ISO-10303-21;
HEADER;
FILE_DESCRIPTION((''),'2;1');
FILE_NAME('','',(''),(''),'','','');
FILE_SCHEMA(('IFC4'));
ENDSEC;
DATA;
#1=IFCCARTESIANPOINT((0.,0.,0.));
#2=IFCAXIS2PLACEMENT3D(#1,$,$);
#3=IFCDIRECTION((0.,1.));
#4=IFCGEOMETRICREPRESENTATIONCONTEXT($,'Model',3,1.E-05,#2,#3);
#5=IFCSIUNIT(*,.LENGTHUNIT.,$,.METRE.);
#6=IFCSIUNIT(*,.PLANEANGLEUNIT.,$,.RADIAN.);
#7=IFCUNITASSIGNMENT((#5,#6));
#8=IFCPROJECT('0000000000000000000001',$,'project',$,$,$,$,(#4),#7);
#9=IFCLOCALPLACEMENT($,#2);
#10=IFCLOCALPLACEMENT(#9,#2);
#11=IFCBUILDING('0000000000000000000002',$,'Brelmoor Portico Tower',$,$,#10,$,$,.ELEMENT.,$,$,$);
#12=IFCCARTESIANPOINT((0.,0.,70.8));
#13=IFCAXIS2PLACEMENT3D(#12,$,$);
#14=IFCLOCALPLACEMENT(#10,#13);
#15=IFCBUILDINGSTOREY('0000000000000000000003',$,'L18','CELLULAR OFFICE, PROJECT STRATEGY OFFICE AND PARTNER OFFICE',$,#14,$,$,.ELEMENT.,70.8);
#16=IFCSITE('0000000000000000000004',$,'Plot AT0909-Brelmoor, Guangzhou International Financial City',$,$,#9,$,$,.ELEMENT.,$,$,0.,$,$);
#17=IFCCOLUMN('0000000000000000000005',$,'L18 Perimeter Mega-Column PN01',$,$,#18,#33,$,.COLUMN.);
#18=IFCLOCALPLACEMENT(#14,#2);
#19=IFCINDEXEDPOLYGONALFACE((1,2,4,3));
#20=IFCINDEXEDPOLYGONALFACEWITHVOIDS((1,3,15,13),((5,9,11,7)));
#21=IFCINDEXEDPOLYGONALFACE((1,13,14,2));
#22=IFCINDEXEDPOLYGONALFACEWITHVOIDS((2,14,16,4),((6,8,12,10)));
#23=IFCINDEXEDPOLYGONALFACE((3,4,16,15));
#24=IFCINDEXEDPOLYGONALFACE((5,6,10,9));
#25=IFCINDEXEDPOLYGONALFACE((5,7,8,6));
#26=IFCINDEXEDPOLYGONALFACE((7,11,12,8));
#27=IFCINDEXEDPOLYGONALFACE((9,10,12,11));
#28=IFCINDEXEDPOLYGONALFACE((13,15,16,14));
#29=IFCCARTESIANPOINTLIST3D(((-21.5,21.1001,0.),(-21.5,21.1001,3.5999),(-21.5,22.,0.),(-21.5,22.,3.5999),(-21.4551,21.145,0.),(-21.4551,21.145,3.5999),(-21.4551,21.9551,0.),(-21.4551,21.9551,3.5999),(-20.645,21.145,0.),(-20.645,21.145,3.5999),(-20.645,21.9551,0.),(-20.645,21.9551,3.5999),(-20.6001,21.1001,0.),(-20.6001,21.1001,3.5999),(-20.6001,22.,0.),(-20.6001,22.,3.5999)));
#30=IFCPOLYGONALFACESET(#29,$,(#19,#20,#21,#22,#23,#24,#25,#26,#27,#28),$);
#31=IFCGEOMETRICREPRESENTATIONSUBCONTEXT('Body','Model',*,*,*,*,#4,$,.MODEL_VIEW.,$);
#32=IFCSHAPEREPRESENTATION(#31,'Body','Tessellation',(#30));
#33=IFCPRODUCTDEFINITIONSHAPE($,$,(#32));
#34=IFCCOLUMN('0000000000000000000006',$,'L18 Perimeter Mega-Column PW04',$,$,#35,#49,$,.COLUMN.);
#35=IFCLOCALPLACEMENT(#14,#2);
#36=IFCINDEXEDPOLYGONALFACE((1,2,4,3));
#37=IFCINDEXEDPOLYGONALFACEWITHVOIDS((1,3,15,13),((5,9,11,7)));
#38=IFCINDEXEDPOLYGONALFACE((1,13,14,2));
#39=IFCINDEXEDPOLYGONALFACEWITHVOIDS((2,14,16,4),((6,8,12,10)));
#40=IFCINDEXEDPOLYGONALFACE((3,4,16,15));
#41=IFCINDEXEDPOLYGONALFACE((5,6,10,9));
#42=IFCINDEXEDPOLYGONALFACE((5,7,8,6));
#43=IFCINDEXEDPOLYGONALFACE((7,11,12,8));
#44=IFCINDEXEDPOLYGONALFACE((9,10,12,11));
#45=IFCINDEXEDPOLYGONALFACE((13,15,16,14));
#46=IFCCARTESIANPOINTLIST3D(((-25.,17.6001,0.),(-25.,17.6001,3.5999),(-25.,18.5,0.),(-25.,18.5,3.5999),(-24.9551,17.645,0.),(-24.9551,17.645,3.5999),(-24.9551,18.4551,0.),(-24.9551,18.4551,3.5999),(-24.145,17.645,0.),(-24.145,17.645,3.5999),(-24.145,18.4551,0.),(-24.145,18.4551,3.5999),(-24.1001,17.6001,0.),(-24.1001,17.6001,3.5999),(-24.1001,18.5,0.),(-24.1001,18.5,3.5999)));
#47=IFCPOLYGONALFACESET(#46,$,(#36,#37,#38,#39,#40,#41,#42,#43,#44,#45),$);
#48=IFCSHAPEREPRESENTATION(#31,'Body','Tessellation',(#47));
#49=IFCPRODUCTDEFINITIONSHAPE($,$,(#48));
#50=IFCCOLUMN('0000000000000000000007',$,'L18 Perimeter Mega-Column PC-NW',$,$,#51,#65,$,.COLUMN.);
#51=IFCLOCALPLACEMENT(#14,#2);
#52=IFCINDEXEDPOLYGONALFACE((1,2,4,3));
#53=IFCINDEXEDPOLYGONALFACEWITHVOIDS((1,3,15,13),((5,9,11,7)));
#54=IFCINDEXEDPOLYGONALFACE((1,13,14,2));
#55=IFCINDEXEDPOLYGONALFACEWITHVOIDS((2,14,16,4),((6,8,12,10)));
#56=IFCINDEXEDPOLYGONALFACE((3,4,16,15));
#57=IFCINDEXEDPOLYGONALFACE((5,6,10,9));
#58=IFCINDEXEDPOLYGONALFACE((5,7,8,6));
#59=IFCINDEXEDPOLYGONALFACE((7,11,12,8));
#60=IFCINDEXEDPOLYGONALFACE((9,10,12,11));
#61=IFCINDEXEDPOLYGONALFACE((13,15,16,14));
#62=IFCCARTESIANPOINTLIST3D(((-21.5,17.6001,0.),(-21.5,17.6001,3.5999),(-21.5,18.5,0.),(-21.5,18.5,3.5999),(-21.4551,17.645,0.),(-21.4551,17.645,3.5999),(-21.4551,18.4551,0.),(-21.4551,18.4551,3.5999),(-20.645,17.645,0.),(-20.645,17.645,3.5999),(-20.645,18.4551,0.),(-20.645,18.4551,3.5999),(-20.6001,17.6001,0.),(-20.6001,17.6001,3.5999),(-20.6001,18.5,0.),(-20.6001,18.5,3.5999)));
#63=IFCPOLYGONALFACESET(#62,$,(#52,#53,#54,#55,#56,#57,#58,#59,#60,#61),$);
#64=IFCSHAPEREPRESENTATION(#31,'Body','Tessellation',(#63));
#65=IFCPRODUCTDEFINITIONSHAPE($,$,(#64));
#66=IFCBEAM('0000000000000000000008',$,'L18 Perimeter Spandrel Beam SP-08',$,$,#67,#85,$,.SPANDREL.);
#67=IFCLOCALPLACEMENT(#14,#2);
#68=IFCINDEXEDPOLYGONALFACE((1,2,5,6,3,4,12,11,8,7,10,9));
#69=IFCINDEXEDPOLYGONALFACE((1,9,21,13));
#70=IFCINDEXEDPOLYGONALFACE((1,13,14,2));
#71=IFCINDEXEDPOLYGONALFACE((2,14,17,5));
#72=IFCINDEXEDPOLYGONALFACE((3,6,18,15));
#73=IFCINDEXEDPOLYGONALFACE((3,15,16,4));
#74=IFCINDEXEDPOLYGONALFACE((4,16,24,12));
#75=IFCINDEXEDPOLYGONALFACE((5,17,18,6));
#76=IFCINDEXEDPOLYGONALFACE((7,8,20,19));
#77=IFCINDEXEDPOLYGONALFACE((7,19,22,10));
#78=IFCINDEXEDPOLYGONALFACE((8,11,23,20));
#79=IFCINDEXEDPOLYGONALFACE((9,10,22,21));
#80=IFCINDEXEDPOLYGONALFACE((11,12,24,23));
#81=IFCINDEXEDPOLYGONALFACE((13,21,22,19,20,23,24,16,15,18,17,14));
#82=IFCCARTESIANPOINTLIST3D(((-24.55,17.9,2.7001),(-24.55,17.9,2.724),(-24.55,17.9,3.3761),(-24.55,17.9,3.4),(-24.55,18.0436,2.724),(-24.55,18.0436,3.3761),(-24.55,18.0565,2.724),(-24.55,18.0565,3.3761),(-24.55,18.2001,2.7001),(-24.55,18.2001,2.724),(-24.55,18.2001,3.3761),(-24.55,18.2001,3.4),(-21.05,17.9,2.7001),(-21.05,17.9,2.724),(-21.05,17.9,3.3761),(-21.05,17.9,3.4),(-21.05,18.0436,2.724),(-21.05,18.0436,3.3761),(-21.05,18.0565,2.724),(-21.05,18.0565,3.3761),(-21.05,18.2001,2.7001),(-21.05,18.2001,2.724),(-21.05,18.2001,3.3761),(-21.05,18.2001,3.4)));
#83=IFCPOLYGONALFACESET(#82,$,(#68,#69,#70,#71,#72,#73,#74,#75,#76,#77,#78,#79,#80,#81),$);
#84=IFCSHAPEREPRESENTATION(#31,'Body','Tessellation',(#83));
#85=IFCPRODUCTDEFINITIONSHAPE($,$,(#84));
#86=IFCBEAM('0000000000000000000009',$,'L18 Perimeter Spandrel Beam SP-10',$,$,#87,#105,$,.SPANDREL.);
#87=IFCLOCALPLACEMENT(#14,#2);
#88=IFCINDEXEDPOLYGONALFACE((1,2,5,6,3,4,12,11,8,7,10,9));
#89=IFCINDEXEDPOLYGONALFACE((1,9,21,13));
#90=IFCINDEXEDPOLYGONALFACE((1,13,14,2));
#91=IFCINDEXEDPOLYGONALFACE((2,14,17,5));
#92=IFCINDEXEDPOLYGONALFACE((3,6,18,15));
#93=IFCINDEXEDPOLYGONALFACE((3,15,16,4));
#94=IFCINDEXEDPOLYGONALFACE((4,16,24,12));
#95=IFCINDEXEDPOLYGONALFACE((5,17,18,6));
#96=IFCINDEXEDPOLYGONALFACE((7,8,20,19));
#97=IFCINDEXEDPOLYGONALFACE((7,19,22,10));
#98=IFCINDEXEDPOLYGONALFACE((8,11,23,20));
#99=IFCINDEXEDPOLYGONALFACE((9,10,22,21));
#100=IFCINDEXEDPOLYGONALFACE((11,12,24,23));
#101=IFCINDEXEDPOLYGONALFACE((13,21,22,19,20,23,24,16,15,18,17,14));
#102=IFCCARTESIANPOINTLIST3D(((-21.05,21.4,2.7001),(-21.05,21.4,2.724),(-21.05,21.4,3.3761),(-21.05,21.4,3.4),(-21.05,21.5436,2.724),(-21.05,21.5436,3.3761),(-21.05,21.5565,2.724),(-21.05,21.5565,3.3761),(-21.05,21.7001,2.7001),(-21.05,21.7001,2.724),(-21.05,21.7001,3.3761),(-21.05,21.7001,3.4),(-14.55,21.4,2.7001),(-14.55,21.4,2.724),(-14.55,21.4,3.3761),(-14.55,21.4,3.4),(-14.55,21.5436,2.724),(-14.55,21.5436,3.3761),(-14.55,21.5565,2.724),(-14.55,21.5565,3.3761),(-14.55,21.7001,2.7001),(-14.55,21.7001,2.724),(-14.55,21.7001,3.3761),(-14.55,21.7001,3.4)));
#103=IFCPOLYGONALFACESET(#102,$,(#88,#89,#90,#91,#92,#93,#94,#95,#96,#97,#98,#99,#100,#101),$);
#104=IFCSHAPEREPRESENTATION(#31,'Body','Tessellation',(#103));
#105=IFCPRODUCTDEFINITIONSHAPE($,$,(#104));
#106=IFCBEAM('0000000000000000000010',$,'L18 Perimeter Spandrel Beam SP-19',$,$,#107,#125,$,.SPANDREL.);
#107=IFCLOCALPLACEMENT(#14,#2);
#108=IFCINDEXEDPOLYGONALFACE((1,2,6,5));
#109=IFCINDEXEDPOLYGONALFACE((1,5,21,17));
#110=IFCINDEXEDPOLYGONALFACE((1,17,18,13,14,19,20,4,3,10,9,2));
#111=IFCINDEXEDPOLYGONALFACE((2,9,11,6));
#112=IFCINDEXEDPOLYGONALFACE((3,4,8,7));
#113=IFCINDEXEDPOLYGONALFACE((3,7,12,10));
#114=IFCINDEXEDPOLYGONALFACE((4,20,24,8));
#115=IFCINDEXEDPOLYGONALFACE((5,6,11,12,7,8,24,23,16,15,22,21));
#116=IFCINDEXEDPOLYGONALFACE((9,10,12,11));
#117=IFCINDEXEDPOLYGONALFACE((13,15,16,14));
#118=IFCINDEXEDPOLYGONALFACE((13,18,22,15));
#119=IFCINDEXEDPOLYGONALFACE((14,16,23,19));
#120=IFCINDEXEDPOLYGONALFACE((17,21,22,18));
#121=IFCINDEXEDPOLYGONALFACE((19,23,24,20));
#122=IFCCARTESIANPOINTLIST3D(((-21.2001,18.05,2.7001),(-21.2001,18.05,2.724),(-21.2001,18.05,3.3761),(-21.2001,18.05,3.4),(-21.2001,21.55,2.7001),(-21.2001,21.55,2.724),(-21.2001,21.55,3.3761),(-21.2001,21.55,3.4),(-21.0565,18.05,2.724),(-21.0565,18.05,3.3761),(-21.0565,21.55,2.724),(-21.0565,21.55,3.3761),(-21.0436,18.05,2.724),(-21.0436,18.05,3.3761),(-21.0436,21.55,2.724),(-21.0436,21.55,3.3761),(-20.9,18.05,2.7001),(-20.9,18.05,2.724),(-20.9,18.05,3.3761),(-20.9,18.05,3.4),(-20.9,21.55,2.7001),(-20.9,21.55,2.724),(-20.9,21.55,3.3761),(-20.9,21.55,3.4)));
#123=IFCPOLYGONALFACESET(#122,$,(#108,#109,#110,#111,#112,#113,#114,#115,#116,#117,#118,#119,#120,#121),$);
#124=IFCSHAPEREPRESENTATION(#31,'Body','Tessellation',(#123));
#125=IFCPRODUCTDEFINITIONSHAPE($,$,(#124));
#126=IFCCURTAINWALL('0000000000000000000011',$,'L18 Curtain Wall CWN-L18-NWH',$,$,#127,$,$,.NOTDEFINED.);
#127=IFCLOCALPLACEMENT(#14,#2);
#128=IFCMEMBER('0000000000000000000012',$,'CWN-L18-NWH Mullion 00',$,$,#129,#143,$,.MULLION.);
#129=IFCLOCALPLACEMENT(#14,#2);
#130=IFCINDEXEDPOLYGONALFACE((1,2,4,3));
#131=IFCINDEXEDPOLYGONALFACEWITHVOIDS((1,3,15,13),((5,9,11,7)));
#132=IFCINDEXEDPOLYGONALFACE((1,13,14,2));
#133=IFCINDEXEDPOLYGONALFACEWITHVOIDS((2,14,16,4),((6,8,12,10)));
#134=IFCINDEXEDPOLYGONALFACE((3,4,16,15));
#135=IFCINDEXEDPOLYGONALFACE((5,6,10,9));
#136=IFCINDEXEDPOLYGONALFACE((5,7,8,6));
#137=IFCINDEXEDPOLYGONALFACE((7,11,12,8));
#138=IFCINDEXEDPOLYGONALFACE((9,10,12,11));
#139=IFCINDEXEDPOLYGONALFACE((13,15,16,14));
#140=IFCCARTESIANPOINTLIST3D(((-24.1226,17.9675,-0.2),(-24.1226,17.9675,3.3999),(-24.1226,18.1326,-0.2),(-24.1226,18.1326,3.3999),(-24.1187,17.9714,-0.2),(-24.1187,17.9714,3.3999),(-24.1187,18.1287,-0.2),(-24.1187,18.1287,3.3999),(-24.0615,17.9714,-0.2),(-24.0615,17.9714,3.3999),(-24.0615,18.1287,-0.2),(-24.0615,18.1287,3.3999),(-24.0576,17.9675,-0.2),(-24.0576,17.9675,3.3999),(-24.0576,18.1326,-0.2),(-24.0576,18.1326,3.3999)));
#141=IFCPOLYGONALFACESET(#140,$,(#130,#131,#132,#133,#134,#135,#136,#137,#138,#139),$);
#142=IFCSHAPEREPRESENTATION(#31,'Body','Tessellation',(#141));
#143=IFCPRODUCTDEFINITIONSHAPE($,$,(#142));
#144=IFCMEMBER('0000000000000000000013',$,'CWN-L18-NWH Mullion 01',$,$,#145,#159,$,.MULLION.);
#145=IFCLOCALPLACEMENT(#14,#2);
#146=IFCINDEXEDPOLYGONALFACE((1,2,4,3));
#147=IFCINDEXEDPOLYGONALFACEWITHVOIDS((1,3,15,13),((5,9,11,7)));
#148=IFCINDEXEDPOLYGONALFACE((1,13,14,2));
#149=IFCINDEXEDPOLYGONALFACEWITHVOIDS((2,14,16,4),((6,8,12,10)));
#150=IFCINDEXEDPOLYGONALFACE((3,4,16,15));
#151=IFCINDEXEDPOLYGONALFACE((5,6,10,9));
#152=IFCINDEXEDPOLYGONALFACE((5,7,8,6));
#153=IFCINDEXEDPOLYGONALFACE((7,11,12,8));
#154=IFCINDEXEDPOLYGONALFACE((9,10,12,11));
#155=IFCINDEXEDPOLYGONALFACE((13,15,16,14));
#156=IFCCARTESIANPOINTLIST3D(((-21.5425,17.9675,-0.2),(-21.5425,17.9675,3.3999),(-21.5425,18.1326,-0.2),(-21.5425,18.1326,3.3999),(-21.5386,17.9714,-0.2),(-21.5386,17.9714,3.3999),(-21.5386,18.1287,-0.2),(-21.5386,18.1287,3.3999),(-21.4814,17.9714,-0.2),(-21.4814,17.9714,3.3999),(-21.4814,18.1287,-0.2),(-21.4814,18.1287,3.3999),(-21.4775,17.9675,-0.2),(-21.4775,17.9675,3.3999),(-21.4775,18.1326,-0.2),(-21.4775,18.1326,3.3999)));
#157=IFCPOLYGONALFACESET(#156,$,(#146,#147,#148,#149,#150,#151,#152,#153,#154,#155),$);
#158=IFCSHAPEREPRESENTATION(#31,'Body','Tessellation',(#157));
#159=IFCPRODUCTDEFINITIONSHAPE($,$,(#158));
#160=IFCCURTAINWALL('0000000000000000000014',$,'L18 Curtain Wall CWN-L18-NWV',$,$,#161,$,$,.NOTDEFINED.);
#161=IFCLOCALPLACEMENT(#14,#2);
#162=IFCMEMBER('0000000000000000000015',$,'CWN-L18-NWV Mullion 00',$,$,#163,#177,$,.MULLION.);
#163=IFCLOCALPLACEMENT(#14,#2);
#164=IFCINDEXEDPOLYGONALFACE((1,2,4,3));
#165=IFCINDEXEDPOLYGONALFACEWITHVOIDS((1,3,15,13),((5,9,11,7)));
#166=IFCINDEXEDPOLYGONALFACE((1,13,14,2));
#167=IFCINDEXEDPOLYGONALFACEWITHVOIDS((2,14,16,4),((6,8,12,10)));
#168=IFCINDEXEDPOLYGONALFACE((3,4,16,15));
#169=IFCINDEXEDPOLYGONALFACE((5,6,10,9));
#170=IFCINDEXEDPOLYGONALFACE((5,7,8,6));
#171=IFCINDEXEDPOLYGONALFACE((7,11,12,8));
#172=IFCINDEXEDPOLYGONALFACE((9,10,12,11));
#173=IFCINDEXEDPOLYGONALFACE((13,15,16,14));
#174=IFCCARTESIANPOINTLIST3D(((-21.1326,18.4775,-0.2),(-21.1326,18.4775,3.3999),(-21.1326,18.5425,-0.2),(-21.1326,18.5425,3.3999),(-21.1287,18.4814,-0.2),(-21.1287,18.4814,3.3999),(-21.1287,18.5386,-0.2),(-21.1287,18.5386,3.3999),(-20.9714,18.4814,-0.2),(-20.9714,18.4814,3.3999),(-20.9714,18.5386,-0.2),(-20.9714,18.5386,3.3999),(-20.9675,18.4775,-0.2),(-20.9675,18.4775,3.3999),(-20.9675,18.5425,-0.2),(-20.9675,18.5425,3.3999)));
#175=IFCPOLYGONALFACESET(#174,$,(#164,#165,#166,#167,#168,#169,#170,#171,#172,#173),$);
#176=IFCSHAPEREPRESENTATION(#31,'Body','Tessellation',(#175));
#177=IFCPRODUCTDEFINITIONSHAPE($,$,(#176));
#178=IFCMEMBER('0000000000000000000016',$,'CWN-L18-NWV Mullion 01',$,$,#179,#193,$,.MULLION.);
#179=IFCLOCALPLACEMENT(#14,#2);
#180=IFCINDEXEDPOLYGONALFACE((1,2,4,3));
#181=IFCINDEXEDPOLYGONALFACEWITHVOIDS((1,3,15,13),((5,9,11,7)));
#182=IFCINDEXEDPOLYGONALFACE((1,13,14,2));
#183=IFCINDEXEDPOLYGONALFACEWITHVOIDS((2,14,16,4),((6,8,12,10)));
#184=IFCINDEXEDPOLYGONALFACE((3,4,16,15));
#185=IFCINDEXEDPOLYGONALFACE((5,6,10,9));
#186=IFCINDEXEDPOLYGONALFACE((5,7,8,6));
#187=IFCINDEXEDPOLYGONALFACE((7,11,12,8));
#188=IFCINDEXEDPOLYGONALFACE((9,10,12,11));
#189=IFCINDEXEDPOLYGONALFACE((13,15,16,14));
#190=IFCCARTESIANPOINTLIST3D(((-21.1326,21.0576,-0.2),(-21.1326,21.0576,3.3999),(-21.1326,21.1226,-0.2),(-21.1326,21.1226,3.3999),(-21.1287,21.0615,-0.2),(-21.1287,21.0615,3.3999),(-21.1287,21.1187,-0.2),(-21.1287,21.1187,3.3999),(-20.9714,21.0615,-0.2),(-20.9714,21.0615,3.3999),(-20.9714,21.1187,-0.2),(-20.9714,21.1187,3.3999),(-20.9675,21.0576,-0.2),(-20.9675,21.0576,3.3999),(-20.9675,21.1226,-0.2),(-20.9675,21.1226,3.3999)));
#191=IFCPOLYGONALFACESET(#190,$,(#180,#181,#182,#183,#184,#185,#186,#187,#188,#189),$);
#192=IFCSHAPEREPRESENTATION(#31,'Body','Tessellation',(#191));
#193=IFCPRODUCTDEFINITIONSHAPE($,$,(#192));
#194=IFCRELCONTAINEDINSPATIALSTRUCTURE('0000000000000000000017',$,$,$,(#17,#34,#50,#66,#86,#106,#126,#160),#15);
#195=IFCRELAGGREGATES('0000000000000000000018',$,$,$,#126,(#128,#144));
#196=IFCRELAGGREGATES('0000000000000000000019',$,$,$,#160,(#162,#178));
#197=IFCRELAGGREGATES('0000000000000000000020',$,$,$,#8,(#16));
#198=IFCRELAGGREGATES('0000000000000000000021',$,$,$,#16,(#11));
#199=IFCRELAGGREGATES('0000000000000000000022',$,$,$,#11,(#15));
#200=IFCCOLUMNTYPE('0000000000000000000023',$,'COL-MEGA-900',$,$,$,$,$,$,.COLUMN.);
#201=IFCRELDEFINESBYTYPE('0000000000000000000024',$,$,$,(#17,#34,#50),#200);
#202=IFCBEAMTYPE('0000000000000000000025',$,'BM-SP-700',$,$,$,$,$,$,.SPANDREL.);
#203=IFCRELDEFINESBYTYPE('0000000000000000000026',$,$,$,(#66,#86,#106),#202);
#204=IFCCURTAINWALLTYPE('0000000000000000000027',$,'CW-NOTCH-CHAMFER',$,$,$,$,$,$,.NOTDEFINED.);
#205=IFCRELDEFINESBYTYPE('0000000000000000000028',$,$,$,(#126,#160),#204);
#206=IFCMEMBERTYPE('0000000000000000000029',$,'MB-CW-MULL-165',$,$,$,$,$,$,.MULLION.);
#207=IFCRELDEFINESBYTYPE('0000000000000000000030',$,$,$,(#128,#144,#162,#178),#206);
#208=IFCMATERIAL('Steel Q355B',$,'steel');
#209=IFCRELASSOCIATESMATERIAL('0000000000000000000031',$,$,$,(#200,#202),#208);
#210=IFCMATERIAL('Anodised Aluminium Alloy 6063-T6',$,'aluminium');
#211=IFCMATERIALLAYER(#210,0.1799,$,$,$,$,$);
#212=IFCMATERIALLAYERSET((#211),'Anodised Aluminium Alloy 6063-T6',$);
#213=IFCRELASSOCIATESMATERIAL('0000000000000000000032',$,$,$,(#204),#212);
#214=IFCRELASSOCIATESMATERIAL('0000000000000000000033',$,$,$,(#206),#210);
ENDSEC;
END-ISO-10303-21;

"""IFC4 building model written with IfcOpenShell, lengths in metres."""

from ifc_helpers import new_model, si_unit, direction, frame, origin, origin_2d, place, context, subcontext, project, spatial, hollow_rectangle, i_section, extrude, material, layer, layer_set, material_profile, profile_set, type_object, element, aggregate, save


model = new_model("IFC4")

# Units and contexts
model_context = context("Model", 3, precision=1e-05, world=origin(), true_north=direction((0.0, 1.0)))
body_context = subcontext(model_context, "Body", "Model", "MODEL_VIEW")
ifc_project = project(units=[si_unit("LENGTHUNIT", "METRE"), si_unit("PLANEANGLEUNIT", "RADIAN")], contexts=[model_context])

# Site, building, storey
site_placement = place(None, origin())
site = spatial("IfcSite", under=ifc_project, at=site_placement, Name="Plot AT0909-Brelmoor, Guangzhou International Financial City", CompositionType="ELEMENT", RefElevation=0.0)
building_placement = place(site_placement, origin())
building = spatial("IfcBuilding", under=site, at=building_placement, Name="Brelmoor Portico Tower", CompositionType="ELEMENT")
storey_placement = place(building_placement, frame((0.0, 0.0, 70.8)))
storey = spatial("IfcBuildingStorey", under=building, at=storey_placement, Name="L18", Description="CELLULAR OFFICE, PROJECT STRATEGY OFFICE AND PARTNER OFFICE", CompositionType="ELEMENT", Elevation=70.8)

# Columns
ifc_material_1 = material(Name="Steel Q355B", Category="steel")
ifc_material_profile_1 = material_profile(ifc_material_1, hollow_rectangle(XDim=0.8999, YDim=0.8999, WallThickness=0.0449, at=origin_2d()), Name="BOX 900x900x45")
ifc_profile_set_1 = profile_set([ifc_material_profile_1], Name="Steel Q355B")
column_type = type_object("IfcColumnType", Name="COL-MEGA-900", PredefinedType="COLUMN", material=ifc_profile_set_1)
for number, where, z_axis, x_axis, name in (
    (1, (-21.05, 21.55, 0.0), (0.0, 0.0, 1.0), (1.0, 0.0, 0.0), "L18 Perimeter Mega-Column PN01"),
    (2, (-24.55, 18.05, 0.0), (0.0, 0.0, 1.0), (0.0, 1.0, 0.0), "L18 Perimeter Mega-Column PW04"),
    (3, (-21.05, 18.05, 0.0), (0.0, 0.0, 1.0), (1.0, 0.0, 0.0), "L18 Perimeter Mega-Column PC-NW"),
):
    element("IfcColumn", number, at=place(storey_placement, frame(where, z_axis=z_axis, x_axis=x_axis)), inside=storey, type_object=column_type, Name=name, PredefinedType="COLUMN", context=body_context, shape_type="SweptSolid", body=[
        extrude(hollow_rectangle(XDim=0.8999, YDim=0.8999, WallThickness=0.0449, at=origin_2d()), origin(), (0.0, 0.0, 1.0), 3.5999),
    ])

# Beams
ifc_material_profile_2 = material_profile(ifc_material_1, i_section(OverallWidth=0.3, OverallDepth=0.7, WebThickness=0.0129, FlangeThickness=0.0239, at=origin_2d()), Name="HN 700x300x13x24")
ifc_profile_set_2 = profile_set([ifc_material_profile_2], Name="Steel Q355B")
beam_type = type_object("IfcBeamType", Name="BM-SP-700", PredefinedType="SPANDREL", material=ifc_profile_set_2)
beam_1_placement = place(storey_placement, frame((-24.55, 18.05, 3.05), z_axis=(1.0, 0.0, 0.0), x_axis=(0.0, 1.0, 0.0)))
element("IfcBeam", 4, at=beam_1_placement, inside=storey, type_object=beam_type, Name="L18 Perimeter Spandrel Beam SP-08", PredefinedType="SPANDREL", context=body_context, shape_type="SweptSolid", body=[
    extrude(i_section(OverallWidth=0.3, OverallDepth=0.7, WebThickness=0.0129, FlangeThickness=0.0239, at=origin_2d()), origin(), (0.0, 0.0, 1.0), 3.5),
])
beam_2_placement = place(storey_placement, frame((-21.05, 21.55, 3.05), z_axis=(1.0, 0.0, 0.0), x_axis=(0.0, 1.0, 0.0)))
element("IfcBeam", 5, at=beam_2_placement, inside=storey, type_object=beam_type, Name="L18 Perimeter Spandrel Beam SP-10", PredefinedType="SPANDREL", context=body_context, shape_type="SweptSolid", body=[
    extrude(i_section(OverallWidth=0.3, OverallDepth=0.7, WebThickness=0.0129, FlangeThickness=0.0239, at=origin_2d()), origin(), (0.0, 0.0, 1.0), 6.5),
])
beam_3_placement = place(storey_placement, frame((-21.05, 18.05, 3.05), z_axis=(0.0, 1.0, 0.0), x_axis=(-1.0, 0.0, 0.0)))
element("IfcBeam", 6, at=beam_3_placement, inside=storey, type_object=beam_type, Name="L18 Perimeter Spandrel Beam SP-19", PredefinedType="SPANDREL", context=body_context, shape_type="SweptSolid", body=[
    extrude(i_section(OverallWidth=0.3, OverallDepth=0.7, WebThickness=0.0129, FlangeThickness=0.0239, at=origin_2d()), origin(), (0.0, 0.0, 1.0), 3.5),
])

# Curtain walls, members
ifc_material_2 = material(Name="Anodised Aluminium Alloy 6063-T6", Category="aluminium")
ifc_layer_1 = layer(ifc_material_2, 0.1799)
ifc_layer_set_1 = layer_set([ifc_layer_1], Name="Anodised Aluminium Alloy 6063-T6")
curtain_wall_type_1 = type_object("IfcCurtainWallType", Name="CW-NOTCH-CHAMFER", PredefinedType="NOTDEFINED", material=ifc_layer_set_1)
curtain_wall_1_placement = place(storey_placement, origin())
curtain_wall_1 = element("IfcCurtainWall", 7, at=curtain_wall_1_placement, inside=storey, type_object=curtain_wall_type_1, Name="L18 Curtain Wall CWN-L18-NWH", PredefinedType="NOTDEFINED")
ifc_material_profile_3 = material_profile(ifc_material_2, hollow_rectangle(XDim=0.0649, YDim=0.165, WallThickness=0.0039, at=origin_2d()), Name="ALU MULLION 65x165")
ifc_profile_set_3 = profile_set([ifc_material_profile_3], Name="Anodised Aluminium Alloy 6063-T6")
member_type_1 = type_object("IfcMemberType", Name="MB-CW-MULL-165", PredefinedType="MULLION", material=ifc_profile_set_3)
member_1_placement = place(storey_placement, frame((-24.0901, 18.05, -0.2), z_axis=(0.0, 0.0, 1.0), x_axis=(1.0, 0.0, 0.0)))
member_1 = element("IfcMember", 8, at=member_1_placement, type_object=member_type_1, Name="CWN-L18-NWH Mullion 00", PredefinedType="MULLION", context=body_context, shape_type="SweptSolid", body=[
    extrude(hollow_rectangle(XDim=0.0649, YDim=0.165, WallThickness=0.0039, at=origin_2d()), origin(), (0.0, 0.0, 1.0), 3.5999),
])
member_2_placement = place(storey_placement, frame((-21.51, 18.05, -0.2), z_axis=(0.0, 0.0, 1.0), x_axis=(1.0, 0.0, 0.0)))
member_2 = element("IfcMember", 9, at=member_2_placement, type_object=member_type_1, Name="CWN-L18-NWH Mullion 01", PredefinedType="MULLION", context=body_context, shape_type="SweptSolid", body=[
    extrude(hollow_rectangle(XDim=0.0649, YDim=0.165, WallThickness=0.0039, at=origin_2d()), origin(), (0.0, 0.0, 1.0), 3.5999),
])
curtain_wall_2_placement = place(storey_placement, origin())
curtain_wall_2 = element("IfcCurtainWall", 10, at=curtain_wall_2_placement, inside=storey, type_object=curtain_wall_type_1, Name="L18 Curtain Wall CWN-L18-NWV", PredefinedType="NOTDEFINED")
member_3_placement = place(storey_placement, frame((-21.05, 18.51, -0.2), z_axis=(0.0, 0.0, 1.0), x_axis=(0.0, 1.0, 0.0)))
member_3 = element("IfcMember", 11, at=member_3_placement, type_object=member_type_1, Name="CWN-L18-NWV Mullion 00", PredefinedType="MULLION", context=body_context, shape_type="SweptSolid", body=[
    extrude(hollow_rectangle(XDim=0.0649, YDim=0.165, WallThickness=0.0039, at=origin_2d()), origin(), (0.0, 0.0, 1.0), 3.5999),
])
member_4_placement = place(storey_placement, frame((-21.05, 21.0901, -0.2), z_axis=(0.0, 0.0, 1.0), x_axis=(0.0, 1.0, 0.0)))
member_4 = element("IfcMember", 12, at=member_4_placement, type_object=member_type_1, Name="CWN-L18-NWV Mullion 01", PredefinedType="MULLION", context=body_context, shape_type="SweptSolid", body=[
    extrude(hollow_rectangle(XDim=0.0649, YDim=0.165, WallThickness=0.0039, at=origin_2d()), origin(), (0.0, 0.0, 1.0), 3.5999),
])

aggregate(curtain_wall_1, [member_1, member_2])
aggregate(curtain_wall_2, [member_3, member_4])

save(model, "model.ifc")
